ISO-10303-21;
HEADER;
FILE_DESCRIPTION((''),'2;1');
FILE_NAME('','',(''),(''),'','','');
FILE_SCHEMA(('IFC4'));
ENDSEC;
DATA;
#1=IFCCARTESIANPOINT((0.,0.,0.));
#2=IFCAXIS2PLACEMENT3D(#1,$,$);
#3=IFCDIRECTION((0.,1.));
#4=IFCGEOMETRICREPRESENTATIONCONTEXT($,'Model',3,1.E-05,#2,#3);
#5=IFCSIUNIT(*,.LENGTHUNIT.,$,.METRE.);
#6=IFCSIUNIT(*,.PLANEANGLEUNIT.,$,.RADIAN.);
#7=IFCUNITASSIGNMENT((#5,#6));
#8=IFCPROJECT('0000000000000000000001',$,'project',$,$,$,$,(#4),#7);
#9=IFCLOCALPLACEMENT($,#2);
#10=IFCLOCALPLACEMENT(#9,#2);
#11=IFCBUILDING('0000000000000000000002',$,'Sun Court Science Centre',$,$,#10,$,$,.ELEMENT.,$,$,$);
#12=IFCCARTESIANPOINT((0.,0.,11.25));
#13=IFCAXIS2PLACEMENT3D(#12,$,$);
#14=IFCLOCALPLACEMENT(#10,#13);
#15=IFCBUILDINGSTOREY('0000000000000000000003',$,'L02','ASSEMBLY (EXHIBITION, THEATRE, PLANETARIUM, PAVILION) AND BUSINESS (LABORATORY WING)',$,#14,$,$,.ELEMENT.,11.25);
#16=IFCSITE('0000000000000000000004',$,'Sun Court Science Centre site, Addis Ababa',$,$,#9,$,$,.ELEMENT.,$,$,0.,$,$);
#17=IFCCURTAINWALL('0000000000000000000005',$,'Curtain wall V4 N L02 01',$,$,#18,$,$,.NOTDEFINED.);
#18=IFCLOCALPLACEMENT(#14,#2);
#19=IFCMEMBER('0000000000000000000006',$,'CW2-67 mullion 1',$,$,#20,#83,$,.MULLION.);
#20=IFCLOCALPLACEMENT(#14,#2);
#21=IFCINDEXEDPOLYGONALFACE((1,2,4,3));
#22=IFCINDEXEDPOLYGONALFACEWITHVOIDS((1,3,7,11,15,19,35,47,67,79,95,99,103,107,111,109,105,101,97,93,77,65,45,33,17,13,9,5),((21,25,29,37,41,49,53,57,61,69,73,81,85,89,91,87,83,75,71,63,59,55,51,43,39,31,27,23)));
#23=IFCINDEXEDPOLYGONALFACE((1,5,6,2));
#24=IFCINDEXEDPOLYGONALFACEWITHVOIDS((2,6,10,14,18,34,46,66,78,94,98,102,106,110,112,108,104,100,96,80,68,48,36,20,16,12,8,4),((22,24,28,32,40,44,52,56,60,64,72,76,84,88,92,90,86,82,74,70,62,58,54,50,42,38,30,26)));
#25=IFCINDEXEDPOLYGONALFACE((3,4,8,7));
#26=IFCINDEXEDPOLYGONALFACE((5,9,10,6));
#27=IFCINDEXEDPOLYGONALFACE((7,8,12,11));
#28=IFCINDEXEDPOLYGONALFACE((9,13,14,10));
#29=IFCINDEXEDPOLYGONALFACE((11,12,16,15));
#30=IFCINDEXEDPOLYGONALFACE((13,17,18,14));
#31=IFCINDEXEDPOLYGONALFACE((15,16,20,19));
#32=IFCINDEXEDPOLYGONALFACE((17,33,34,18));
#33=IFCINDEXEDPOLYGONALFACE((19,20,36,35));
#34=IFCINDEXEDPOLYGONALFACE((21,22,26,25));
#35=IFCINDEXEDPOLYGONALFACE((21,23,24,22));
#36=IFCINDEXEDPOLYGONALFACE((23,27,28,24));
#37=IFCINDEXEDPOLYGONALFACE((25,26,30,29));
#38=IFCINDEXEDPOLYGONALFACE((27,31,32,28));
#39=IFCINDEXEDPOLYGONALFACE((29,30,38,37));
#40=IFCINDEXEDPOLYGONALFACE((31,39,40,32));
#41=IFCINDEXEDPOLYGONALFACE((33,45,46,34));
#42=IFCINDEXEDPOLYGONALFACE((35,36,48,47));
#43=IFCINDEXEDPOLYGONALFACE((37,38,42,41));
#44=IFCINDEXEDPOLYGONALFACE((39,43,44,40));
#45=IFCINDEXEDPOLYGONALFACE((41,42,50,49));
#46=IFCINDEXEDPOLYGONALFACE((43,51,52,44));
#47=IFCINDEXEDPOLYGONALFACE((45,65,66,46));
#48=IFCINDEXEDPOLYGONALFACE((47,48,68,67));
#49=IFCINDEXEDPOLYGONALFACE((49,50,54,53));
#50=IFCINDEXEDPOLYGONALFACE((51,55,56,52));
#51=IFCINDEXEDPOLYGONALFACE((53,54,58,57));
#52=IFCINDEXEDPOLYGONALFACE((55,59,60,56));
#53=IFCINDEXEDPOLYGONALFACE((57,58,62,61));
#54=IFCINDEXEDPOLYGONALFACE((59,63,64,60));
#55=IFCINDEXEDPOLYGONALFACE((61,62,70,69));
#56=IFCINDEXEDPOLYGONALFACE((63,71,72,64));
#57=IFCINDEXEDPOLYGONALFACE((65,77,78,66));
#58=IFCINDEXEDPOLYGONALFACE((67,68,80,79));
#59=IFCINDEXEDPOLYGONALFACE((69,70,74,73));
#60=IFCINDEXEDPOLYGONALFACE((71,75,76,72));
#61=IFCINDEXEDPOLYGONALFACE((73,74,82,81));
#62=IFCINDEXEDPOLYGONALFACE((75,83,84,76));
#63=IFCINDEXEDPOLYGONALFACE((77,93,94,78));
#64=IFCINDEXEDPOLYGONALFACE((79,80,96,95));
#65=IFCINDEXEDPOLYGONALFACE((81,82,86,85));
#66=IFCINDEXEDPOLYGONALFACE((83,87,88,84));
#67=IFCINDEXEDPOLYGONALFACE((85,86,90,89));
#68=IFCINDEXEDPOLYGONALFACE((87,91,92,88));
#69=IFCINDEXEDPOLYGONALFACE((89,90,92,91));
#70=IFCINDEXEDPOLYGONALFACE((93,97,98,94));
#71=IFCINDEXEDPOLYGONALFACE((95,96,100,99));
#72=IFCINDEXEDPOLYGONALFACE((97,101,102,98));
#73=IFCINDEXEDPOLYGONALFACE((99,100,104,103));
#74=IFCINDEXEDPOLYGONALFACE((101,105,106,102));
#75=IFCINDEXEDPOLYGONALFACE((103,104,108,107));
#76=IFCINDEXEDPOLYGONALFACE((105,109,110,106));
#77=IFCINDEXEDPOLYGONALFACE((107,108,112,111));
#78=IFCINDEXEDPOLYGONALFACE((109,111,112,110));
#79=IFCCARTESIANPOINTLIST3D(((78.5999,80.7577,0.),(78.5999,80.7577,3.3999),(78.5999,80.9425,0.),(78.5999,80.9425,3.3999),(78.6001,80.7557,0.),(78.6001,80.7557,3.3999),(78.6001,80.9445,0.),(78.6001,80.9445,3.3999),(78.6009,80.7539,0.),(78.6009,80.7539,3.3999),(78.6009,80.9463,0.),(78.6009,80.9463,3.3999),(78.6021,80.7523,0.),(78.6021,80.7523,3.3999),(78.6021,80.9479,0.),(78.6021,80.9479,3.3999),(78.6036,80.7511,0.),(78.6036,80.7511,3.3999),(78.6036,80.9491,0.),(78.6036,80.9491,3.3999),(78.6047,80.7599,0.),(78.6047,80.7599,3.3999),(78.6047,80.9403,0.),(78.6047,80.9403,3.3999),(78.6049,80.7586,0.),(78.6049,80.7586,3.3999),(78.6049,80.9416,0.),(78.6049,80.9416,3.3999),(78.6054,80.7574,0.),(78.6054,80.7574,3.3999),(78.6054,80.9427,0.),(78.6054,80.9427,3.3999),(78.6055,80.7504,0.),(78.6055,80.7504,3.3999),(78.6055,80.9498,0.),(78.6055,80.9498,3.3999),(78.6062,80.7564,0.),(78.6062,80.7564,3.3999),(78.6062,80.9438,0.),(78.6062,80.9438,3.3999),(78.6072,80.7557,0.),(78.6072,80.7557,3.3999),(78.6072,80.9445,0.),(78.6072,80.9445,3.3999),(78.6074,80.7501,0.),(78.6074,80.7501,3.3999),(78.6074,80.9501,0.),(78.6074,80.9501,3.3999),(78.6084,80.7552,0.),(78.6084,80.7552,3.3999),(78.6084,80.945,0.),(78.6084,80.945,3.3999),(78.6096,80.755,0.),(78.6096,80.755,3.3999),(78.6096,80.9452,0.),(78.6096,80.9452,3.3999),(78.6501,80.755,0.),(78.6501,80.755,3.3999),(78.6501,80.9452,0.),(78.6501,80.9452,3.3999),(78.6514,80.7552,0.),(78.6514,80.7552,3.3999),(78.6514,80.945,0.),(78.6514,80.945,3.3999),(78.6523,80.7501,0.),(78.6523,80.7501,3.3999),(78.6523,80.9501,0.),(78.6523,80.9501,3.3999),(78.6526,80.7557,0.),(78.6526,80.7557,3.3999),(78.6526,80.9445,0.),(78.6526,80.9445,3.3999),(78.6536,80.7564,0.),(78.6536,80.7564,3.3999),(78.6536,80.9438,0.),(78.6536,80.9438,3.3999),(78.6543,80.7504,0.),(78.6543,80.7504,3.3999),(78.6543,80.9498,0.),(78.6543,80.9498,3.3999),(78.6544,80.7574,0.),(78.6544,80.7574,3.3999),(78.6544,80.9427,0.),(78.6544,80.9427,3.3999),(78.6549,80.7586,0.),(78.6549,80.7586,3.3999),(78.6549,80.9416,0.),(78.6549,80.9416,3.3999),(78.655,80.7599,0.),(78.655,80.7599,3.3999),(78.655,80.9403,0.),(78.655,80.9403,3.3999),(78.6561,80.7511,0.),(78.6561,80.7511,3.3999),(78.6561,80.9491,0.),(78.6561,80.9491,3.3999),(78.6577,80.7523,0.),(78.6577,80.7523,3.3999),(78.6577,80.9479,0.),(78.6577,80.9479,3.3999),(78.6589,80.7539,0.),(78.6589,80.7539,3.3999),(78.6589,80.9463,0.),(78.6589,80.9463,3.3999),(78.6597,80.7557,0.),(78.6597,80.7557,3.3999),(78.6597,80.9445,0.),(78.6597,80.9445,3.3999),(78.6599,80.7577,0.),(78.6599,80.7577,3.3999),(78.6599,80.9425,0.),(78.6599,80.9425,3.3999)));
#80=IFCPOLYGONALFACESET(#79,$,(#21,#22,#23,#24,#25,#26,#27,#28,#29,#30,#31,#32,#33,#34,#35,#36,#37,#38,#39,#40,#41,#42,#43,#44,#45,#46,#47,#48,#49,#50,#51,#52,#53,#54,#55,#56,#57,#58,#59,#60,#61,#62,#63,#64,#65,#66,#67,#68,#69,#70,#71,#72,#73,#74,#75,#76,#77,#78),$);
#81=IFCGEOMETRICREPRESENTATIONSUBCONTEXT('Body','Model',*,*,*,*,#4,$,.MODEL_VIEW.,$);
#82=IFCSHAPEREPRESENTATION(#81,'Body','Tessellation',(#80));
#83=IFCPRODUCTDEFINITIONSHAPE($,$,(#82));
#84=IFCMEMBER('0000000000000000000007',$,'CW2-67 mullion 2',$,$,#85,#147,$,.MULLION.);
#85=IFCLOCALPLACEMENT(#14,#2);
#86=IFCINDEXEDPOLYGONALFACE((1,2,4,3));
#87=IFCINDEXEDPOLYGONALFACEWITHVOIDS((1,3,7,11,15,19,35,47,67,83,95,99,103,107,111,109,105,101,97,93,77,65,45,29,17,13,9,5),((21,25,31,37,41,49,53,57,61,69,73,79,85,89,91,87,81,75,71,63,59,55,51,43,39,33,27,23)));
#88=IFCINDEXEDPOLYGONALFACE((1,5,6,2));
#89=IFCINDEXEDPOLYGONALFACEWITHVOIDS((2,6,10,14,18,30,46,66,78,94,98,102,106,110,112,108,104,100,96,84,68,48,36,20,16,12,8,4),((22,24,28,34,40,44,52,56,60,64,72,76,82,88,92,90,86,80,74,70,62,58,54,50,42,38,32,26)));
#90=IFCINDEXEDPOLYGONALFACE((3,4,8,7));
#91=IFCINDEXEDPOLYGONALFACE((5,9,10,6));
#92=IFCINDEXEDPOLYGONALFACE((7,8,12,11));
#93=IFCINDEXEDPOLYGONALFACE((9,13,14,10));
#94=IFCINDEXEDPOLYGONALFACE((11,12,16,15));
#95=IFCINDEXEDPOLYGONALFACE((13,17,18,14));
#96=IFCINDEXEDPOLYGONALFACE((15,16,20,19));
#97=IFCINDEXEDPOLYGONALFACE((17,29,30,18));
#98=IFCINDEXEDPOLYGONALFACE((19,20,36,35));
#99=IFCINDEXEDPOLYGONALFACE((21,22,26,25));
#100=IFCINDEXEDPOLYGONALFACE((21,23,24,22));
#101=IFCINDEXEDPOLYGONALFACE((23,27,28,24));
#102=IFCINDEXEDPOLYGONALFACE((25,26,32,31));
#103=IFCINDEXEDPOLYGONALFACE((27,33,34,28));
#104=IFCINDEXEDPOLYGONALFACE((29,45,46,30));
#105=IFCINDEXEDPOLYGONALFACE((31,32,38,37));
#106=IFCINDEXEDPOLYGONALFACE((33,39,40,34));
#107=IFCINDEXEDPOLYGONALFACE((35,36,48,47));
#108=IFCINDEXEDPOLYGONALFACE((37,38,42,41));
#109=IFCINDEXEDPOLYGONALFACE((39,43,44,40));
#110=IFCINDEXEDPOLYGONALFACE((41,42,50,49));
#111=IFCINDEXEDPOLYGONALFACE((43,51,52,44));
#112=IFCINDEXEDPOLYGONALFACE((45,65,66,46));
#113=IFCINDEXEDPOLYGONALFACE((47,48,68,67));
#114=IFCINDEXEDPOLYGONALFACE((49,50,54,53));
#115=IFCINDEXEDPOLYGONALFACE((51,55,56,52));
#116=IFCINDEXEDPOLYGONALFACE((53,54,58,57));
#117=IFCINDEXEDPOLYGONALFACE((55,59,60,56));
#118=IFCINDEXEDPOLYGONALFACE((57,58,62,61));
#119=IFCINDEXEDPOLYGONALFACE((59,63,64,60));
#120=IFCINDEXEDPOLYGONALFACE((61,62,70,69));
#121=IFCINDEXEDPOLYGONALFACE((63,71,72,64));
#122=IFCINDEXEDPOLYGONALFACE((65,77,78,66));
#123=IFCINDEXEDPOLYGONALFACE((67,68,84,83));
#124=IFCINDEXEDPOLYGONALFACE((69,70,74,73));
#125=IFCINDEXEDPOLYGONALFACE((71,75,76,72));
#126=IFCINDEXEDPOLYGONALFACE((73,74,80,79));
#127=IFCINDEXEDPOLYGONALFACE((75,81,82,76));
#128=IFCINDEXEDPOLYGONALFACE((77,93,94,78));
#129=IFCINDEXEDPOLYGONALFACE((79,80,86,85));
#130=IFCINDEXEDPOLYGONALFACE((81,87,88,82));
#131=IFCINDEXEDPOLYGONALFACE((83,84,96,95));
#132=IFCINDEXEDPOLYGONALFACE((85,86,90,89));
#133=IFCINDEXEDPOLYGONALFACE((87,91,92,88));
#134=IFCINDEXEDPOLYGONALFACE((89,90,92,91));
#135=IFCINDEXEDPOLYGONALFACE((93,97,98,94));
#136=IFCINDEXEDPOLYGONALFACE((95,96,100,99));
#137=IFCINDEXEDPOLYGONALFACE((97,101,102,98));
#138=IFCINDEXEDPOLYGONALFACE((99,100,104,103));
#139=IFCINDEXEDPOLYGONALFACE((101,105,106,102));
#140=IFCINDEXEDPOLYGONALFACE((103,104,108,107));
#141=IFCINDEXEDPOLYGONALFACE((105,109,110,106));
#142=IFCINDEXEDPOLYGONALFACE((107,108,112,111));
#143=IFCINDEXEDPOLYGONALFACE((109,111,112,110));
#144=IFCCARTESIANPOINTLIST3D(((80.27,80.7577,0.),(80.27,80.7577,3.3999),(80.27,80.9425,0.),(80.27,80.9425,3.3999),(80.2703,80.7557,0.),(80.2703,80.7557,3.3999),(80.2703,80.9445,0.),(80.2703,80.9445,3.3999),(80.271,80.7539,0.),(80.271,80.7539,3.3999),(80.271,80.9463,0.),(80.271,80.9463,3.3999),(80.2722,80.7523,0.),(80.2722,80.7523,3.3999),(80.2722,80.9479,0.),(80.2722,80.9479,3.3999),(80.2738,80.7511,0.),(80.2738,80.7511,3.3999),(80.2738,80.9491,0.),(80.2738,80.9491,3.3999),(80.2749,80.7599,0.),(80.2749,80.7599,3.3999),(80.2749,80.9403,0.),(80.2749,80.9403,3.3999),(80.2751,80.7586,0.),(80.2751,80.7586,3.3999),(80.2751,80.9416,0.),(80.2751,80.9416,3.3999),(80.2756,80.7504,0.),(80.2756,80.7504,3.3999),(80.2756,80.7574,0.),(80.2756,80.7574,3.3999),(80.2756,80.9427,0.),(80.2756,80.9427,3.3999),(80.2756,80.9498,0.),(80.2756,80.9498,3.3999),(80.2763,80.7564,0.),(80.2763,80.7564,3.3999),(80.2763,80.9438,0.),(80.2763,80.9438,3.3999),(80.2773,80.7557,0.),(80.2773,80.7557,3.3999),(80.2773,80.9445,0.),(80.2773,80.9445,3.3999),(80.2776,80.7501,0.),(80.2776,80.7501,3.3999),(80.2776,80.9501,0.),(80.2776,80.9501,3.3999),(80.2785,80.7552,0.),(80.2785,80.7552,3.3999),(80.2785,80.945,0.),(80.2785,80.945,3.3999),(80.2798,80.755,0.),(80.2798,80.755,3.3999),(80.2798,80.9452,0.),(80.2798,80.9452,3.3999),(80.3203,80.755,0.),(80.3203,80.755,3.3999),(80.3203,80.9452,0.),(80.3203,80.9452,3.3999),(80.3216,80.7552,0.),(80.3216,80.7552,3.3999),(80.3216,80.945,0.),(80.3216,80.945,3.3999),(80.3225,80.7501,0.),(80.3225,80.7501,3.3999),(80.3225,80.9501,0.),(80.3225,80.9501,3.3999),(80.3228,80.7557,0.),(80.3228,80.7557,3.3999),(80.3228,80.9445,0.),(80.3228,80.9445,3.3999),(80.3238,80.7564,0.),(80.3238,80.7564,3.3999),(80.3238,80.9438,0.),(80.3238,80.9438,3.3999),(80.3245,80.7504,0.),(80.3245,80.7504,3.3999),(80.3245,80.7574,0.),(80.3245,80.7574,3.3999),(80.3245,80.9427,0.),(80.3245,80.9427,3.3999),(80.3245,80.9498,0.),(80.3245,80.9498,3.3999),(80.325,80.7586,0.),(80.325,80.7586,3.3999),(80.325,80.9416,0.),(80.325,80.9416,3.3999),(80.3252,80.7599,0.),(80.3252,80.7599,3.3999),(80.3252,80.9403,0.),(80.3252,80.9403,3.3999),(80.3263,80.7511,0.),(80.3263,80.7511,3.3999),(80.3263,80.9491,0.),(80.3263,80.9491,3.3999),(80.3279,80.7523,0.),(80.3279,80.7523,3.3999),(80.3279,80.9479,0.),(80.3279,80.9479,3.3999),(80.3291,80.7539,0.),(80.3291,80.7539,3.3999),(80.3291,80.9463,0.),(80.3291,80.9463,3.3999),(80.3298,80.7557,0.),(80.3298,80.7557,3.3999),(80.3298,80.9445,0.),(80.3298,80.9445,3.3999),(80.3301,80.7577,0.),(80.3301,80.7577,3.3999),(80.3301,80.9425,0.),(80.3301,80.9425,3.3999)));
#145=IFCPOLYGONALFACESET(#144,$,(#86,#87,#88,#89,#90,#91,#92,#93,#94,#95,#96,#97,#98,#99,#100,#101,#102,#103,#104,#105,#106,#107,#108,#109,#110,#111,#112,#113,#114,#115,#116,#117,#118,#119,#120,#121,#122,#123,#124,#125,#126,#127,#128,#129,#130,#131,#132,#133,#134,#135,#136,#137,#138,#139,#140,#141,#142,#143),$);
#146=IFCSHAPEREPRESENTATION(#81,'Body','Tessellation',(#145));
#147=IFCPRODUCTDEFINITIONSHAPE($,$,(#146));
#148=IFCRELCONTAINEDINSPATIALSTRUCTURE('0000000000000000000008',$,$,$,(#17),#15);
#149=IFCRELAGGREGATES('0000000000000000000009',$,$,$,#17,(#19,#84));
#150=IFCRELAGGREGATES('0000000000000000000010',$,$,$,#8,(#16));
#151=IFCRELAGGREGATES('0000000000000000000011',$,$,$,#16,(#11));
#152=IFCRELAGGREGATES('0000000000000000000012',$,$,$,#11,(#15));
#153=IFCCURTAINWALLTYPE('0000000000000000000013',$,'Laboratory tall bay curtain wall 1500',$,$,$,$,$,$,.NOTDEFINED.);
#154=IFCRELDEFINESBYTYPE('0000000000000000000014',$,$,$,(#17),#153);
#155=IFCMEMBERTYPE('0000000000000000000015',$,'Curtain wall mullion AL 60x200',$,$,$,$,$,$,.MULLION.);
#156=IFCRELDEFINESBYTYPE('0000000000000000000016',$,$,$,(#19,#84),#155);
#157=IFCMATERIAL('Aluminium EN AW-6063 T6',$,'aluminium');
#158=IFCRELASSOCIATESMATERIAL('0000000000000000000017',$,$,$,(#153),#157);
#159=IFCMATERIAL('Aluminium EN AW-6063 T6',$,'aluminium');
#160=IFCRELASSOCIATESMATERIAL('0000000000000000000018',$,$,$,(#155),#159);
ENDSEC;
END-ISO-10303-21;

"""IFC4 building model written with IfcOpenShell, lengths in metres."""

from ifc_helpers import new_model, si_unit, direction, frame, origin, origin_2d, place, context, subcontext, project, spatial, hollow_rectangle, extrude, material, material_profile, profile_set, type_object, element, aggregate, save


model = new_model("IFC4")

# Units and contexts
model_context = context("Model", 3, precision=1e-05, world=origin(), true_north=direction((0.0, 1.0)))
body_context = subcontext(model_context, "Body", "Model", "MODEL_VIEW")
ifc_project = project(units=[si_unit("LENGTHUNIT", "METRE"), si_unit("PLANEANGLEUNIT", "RADIAN")], contexts=[model_context])

# Site, building, storey
site_placement = place(None, origin())
site = spatial("IfcSite", under=ifc_project, at=site_placement, Name="Sun Court Science Centre site, Addis Ababa", CompositionType="ELEMENT", RefElevation=0.0)
building_placement = place(site_placement, origin())
building = spatial("IfcBuilding", under=site, at=building_placement, Name="Sun Court Science Centre", CompositionType="ELEMENT")
storey_placement = place(building_placement, frame((0.0, 0.0, 11.25)))
storey = spatial("IfcBuildingStorey", under=building, at=storey_placement, Name="L02", Description="ASSEMBLY (EXHIBITION, THEATRE, PLANETARIUM, PAVILION) AND BUSINESS (LABORATORY WING)", CompositionType="ELEMENT", Elevation=11.25)

# Curtain wall, members
ifc_material_1 = material(Name="Aluminium EN AW-6063 T6", Category="aluminium")
curtain_wall_type = type_object("IfcCurtainWallType", Name="Laboratory tall bay curtain wall 1500", PredefinedType="NOTDEFINED", material=ifc_material_1)
ifc_material_2 = material(Name="Aluminium EN AW-6063 T6", Category="aluminium")
ifc_material_profile_1 = material_profile(ifc_material_2, hollow_rectangle(XDim=0.0601, YDim=0.2, WallThickness=0.0049, InnerFilletRadius=0.0049, OuterFilletRadius=0.0076, at=origin_2d()), Name="AL 60x200x5")
ifc_profile_set_1 = profile_set([ifc_material_profile_1], Name="Aluminium EN AW-6063 T6")
member_type_1 = type_object("IfcMemberType", Name="Curtain wall mullion AL 60x200", PredefinedType="MULLION", material=ifc_profile_set_1)
curtain_wall_1_placement = place(storey_placement, origin())
curtain_wall_1 = element("IfcCurtainWall", 1, at=curtain_wall_1_placement, inside=storey, type_object=curtain_wall_type, Name="Curtain wall V4 N L02 01", PredefinedType="NOTDEFINED")
member_1_placement = place(storey_placement, frame((78.6299, 80.8501, 0.0), z_axis=(0.0, 0.0, 1.0), x_axis=(1.0, 0.0, 0.0)))
member_1 = element("IfcMember", 2, at=member_1_placement, type_object=member_type_1, Name="CW2-67 mullion 1", PredefinedType="MULLION", context=body_context, shape_type="SweptSolid", body=[
    extrude(hollow_rectangle(XDim=0.0601, YDim=0.2, WallThickness=0.0049, InnerFilletRadius=0.0049, OuterFilletRadius=0.0076, at=origin_2d()), origin(), (0.0, 0.0, 1.0), 3.3999),
])
member_2_placement = place(storey_placement, frame((80.3, 80.8501, 0.0), z_axis=(0.0, 0.0, 1.0), x_axis=(1.0, 0.0, 0.0)))
member_2 = element("IfcMember", 3, at=member_2_placement, type_object=member_type_1, Name="CW2-67 mullion 2", PredefinedType="MULLION", context=body_context, shape_type="SweptSolid", body=[
    extrude(hollow_rectangle(XDim=0.0601, YDim=0.2, WallThickness=0.0049, InnerFilletRadius=0.0049, OuterFilletRadius=0.0076, at=origin_2d()), origin(), (0.0, 0.0, 1.0), 3.3999),
])

aggregate(curtain_wall_1, [member_1, member_2])

save(model, "model.ifc")
